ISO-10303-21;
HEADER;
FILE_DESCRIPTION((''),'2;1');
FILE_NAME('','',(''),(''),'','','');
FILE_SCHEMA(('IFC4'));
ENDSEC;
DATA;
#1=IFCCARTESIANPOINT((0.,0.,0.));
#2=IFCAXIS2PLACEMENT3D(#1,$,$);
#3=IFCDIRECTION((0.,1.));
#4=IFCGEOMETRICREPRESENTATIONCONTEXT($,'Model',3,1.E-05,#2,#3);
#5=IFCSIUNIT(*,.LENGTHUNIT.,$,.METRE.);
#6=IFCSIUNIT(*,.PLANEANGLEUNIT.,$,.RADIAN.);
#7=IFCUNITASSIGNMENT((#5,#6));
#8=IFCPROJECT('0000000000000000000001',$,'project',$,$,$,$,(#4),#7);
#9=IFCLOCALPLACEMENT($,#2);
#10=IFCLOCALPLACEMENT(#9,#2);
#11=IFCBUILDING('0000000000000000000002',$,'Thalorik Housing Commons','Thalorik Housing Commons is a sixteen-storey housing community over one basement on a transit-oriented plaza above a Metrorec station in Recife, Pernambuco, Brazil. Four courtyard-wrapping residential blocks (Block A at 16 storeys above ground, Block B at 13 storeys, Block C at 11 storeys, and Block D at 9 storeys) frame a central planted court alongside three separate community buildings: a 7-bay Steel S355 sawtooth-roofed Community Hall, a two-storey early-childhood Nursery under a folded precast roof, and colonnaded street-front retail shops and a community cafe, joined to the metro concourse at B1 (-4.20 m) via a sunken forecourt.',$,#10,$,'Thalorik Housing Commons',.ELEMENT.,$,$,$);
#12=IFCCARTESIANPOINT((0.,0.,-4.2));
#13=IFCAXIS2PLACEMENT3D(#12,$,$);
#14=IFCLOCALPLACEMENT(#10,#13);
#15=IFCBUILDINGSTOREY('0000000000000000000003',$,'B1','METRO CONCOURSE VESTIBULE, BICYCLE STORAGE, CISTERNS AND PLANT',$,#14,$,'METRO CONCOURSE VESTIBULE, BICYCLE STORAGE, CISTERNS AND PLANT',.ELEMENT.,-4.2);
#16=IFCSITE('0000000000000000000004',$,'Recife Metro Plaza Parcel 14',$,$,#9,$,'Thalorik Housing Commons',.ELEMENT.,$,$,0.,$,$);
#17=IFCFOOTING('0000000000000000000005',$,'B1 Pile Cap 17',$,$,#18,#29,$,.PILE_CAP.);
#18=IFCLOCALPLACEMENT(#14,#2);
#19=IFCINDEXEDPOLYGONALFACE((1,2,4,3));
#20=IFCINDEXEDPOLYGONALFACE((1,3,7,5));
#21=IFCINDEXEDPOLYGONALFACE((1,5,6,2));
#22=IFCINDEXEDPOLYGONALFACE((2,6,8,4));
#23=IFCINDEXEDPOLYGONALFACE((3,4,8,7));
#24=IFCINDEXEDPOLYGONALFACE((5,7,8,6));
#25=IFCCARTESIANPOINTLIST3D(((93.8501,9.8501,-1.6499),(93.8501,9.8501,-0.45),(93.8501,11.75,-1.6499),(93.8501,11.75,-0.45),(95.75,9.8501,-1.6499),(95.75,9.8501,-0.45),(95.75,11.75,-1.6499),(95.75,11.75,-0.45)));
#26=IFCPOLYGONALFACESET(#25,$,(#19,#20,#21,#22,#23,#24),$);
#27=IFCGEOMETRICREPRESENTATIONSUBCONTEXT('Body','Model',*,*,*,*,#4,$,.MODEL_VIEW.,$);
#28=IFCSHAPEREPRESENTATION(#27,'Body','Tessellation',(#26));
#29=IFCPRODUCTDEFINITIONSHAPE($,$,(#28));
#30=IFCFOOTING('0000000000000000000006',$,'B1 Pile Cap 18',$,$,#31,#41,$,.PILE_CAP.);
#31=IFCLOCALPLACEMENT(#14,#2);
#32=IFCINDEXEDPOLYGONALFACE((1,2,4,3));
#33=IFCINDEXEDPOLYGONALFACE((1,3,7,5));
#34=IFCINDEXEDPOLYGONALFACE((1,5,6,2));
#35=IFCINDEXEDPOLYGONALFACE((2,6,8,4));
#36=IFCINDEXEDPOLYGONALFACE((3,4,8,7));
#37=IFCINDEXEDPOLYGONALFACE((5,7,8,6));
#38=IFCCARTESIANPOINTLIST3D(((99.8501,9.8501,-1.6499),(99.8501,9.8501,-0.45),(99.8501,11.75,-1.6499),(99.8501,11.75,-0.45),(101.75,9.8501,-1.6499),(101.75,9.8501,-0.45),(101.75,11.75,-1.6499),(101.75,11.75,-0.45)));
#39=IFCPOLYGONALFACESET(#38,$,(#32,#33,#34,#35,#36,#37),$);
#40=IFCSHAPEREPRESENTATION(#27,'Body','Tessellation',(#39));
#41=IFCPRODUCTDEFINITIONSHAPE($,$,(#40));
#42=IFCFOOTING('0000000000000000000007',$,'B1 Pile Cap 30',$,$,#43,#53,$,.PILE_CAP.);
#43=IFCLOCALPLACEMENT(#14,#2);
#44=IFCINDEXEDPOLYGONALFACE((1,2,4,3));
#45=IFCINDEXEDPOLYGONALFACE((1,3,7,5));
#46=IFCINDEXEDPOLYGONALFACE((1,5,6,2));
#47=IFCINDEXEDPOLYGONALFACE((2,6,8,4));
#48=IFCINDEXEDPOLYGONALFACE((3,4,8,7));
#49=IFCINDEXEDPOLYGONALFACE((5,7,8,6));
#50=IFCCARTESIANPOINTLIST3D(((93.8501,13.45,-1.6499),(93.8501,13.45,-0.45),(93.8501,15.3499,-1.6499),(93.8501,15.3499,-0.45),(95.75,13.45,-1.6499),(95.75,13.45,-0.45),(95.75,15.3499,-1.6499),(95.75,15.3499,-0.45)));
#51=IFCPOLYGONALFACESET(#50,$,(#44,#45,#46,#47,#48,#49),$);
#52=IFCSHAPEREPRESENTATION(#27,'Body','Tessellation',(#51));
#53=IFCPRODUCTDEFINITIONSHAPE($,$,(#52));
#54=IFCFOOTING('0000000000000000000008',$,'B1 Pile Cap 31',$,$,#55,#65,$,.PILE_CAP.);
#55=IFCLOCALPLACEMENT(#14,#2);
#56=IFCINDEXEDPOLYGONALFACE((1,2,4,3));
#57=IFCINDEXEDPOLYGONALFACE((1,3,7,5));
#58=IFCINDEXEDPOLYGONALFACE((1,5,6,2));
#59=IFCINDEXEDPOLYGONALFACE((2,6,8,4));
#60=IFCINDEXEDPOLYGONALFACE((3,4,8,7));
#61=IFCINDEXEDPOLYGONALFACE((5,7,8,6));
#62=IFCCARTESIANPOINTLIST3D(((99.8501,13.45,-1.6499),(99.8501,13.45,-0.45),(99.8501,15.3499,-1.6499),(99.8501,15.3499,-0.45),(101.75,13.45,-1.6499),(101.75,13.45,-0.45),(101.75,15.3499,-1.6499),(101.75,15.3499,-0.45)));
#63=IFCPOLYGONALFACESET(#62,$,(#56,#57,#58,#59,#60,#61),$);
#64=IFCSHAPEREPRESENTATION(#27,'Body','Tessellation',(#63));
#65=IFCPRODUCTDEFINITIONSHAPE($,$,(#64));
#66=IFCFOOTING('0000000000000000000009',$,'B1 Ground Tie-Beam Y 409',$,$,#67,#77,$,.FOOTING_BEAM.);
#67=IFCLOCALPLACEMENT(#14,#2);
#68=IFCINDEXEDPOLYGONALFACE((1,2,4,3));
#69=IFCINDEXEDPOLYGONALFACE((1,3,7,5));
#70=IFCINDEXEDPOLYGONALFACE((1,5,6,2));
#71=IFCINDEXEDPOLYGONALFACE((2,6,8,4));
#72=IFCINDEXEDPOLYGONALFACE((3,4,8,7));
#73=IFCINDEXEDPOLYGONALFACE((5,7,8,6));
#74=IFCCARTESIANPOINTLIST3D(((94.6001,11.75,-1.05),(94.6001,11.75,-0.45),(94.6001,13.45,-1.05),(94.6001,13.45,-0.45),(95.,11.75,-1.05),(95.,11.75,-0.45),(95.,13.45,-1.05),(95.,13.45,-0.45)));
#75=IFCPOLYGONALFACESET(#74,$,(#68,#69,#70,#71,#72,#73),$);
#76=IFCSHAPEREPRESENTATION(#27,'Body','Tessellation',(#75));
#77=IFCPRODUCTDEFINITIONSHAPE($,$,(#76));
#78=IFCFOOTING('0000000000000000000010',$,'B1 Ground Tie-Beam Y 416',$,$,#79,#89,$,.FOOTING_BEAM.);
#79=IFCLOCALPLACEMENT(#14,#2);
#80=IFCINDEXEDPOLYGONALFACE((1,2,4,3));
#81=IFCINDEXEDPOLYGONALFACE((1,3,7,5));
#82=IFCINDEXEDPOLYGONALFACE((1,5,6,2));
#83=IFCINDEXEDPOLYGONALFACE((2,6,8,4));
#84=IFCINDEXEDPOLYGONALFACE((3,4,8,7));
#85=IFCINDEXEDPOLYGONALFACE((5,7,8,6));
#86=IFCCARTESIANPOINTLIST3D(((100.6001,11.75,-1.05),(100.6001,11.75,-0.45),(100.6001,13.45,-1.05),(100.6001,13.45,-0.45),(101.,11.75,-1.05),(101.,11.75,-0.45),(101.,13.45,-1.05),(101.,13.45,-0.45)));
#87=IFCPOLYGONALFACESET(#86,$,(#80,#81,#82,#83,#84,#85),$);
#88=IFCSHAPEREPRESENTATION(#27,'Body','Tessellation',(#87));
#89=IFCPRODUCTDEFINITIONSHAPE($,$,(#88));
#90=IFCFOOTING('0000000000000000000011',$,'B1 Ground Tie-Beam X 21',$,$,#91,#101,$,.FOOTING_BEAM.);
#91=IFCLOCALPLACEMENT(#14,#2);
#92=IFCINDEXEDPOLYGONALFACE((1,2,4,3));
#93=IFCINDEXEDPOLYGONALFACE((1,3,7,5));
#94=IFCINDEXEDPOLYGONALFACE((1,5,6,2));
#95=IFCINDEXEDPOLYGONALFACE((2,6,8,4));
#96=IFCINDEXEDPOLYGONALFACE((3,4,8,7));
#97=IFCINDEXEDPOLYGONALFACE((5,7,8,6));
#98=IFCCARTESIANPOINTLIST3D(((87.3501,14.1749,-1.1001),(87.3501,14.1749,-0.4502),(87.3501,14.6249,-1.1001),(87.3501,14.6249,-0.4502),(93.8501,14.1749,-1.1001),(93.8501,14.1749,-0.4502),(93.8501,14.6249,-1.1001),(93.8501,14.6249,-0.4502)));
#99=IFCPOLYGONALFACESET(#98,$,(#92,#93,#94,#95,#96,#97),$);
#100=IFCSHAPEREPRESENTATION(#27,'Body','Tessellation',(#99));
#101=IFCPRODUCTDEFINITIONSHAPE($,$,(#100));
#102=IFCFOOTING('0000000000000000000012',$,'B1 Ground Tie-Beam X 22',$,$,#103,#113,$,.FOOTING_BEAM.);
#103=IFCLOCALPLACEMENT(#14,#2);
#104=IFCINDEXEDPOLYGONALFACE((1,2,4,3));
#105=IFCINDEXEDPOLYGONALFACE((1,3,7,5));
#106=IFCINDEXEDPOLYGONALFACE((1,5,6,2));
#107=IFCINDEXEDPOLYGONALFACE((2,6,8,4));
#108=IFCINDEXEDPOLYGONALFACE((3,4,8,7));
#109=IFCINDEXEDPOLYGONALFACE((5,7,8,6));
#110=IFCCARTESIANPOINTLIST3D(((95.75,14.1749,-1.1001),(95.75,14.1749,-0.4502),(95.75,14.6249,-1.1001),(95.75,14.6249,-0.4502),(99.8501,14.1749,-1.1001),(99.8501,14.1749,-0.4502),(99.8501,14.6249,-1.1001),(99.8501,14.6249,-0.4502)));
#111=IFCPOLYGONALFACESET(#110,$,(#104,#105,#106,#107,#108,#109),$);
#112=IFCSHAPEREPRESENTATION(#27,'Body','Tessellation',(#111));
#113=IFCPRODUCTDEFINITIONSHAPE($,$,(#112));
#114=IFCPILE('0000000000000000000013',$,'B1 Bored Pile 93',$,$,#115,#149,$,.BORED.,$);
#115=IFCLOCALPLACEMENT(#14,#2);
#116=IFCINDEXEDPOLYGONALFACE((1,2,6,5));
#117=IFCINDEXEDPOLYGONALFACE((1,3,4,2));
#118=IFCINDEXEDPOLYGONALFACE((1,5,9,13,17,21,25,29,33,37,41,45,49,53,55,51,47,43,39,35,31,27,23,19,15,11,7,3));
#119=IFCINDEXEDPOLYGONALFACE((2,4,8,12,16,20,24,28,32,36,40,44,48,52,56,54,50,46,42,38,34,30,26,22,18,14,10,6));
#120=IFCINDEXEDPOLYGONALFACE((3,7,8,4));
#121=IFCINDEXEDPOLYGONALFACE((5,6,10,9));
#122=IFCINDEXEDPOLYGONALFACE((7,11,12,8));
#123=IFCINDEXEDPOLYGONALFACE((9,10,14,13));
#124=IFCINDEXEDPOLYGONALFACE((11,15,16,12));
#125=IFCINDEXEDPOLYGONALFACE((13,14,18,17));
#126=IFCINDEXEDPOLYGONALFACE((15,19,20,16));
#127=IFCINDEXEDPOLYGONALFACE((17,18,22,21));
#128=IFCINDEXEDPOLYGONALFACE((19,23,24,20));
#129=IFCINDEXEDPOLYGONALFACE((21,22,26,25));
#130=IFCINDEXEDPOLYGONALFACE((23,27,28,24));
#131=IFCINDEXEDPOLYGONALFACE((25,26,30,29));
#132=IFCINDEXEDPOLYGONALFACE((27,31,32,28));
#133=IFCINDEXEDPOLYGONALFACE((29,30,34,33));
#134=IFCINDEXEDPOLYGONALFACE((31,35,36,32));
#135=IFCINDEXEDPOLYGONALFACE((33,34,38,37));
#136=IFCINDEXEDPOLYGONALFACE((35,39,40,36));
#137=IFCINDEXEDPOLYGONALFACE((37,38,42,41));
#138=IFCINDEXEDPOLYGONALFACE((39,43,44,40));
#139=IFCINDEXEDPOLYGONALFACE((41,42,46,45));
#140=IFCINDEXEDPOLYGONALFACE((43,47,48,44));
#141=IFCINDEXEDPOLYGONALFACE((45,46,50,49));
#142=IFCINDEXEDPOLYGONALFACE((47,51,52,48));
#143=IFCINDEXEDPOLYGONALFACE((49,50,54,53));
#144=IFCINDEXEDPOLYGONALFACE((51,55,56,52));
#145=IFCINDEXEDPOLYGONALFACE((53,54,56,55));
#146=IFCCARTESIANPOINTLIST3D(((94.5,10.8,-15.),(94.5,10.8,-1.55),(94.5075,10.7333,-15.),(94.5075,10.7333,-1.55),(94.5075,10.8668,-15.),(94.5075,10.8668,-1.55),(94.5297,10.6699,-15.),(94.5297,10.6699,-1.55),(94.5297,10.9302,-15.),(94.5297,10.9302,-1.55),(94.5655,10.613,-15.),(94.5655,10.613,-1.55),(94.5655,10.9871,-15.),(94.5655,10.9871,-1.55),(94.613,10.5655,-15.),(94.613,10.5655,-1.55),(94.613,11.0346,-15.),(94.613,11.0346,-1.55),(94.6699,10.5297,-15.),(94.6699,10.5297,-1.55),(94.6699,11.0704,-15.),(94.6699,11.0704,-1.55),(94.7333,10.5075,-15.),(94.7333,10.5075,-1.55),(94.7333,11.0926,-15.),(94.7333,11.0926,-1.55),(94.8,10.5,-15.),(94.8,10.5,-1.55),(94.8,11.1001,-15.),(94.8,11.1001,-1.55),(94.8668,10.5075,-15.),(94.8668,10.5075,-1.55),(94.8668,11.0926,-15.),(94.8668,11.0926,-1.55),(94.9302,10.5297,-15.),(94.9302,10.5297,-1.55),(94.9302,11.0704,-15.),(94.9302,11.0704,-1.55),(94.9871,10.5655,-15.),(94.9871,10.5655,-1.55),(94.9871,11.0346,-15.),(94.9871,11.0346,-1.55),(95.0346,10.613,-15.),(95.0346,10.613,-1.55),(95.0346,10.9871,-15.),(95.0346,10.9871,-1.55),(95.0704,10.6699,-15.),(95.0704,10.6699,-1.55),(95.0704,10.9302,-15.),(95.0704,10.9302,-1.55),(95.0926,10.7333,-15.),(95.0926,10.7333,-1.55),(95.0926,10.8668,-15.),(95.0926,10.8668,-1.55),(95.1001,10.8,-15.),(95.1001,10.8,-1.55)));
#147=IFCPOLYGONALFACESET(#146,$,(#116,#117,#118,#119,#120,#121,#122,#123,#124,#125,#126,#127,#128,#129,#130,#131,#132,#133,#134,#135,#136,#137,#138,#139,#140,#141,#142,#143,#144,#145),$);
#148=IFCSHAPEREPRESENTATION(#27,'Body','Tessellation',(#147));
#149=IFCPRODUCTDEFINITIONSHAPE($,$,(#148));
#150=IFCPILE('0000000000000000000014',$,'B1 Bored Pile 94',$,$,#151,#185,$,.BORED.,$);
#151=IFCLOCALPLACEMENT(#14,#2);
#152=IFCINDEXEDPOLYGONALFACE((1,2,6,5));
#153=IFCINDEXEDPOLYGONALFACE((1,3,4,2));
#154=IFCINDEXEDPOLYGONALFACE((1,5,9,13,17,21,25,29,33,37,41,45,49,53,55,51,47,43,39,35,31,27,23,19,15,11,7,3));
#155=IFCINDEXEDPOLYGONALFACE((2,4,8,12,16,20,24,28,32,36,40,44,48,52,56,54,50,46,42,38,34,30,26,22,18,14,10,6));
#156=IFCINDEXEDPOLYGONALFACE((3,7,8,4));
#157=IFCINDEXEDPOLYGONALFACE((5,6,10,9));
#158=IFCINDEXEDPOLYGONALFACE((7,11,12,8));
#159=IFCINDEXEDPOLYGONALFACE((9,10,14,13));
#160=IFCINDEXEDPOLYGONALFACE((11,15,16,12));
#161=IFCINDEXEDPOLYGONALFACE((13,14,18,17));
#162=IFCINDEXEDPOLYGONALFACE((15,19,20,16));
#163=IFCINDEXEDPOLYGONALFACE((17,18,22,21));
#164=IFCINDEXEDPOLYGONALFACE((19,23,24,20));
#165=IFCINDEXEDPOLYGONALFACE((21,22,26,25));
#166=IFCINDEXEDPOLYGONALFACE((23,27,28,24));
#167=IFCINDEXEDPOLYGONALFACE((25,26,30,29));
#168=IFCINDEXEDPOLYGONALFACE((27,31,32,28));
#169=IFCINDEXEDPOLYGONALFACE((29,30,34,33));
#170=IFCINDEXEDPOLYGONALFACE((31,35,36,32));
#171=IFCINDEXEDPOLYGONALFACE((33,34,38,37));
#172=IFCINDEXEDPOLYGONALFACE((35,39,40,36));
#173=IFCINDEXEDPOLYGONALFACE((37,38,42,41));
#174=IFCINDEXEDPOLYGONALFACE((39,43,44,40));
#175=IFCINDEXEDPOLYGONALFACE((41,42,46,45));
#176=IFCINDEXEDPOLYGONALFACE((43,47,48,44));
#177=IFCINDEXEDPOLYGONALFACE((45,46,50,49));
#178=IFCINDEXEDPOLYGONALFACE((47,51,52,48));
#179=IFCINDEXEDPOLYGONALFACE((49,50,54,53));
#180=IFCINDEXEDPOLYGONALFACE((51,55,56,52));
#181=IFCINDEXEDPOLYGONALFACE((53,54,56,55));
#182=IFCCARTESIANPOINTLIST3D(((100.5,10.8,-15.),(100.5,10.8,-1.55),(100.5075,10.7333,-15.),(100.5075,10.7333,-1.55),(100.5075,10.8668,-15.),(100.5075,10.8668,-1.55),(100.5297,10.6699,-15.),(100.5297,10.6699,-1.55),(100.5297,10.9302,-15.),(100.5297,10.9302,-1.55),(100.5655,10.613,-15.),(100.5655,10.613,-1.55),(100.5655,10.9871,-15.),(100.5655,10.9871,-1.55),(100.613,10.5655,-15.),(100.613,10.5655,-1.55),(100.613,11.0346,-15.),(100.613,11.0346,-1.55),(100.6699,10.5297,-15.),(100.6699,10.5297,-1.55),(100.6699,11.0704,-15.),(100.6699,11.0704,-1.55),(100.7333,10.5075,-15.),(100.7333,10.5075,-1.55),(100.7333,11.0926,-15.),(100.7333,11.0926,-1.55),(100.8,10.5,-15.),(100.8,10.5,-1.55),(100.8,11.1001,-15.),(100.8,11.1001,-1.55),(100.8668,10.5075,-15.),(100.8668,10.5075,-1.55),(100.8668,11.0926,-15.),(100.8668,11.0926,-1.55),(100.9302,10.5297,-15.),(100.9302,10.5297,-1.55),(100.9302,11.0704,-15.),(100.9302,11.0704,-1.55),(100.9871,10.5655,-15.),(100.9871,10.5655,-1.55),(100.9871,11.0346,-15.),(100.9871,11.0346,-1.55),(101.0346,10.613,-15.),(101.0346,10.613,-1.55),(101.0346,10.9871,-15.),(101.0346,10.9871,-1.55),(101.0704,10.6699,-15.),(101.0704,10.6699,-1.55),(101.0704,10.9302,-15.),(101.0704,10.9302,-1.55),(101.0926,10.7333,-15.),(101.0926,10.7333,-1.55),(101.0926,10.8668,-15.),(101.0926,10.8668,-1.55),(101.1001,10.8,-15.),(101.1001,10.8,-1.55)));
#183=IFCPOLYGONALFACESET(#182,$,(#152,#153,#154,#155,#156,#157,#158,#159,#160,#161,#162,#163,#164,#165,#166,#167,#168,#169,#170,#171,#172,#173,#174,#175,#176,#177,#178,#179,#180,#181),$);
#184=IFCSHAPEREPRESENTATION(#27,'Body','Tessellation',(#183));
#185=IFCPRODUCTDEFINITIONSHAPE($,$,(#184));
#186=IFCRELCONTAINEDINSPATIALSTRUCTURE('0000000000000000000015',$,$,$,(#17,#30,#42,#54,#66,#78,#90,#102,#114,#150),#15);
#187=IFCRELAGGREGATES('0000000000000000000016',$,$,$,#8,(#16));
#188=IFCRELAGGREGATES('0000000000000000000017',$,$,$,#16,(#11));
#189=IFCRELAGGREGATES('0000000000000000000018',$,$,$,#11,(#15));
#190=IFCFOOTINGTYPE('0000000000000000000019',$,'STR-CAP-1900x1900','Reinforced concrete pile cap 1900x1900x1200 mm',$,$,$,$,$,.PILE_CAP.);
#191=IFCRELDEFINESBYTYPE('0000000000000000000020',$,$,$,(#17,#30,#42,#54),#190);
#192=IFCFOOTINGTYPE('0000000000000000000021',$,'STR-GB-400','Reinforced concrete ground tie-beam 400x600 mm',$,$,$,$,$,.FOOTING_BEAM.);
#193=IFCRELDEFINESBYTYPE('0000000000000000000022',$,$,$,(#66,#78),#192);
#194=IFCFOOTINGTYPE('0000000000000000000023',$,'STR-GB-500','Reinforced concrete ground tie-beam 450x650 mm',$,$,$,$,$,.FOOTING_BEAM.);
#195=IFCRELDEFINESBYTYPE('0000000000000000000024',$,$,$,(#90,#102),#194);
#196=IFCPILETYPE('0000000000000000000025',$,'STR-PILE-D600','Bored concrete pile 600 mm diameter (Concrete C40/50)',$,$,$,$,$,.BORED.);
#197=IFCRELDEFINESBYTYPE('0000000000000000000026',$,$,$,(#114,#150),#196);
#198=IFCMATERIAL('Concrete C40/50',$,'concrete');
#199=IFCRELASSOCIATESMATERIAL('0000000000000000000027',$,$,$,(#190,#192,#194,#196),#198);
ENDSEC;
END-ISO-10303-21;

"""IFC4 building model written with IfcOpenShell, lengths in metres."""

from ifc_helpers import new_model, si_unit, direction, frame, origin, origin_2d, place, context, subcontext, project, spatial, rectangle, circle, extrude, material, material_profile, profile_set, type_object, element, save


model = new_model("IFC4")

# Units and contexts
model_context = context("Model", 3, precision=1e-05, world=origin(), true_north=direction((0.0, 1.0)))
body_context = subcontext(model_context, "Body", "Model", "MODEL_VIEW")
ifc_project = project(units=[si_unit("LENGTHUNIT", "METRE"), si_unit("PLANEANGLEUNIT", "RADIAN")], contexts=[model_context])

# Site, building, storey
site_placement = place(None, origin())
site = spatial("IfcSite", under=ifc_project, at=site_placement, Name="Recife Metro Plaza Parcel 14", LongName="Thalorik Housing Commons", CompositionType="ELEMENT", RefElevation=0.0)
building_placement = place(site_placement, origin())
building = spatial("IfcBuilding", under=site, at=building_placement, Name="Thalorik Housing Commons", Description="Thalorik Housing Commons is a sixteen-storey housing community over one basement on a transit-oriented plaza above a Metrorec station in Recife, Pernambuco, Brazil. Four courtyard-wrapping residential blocks (Block A at 16 storeys above ground, Block B at 13 storeys, Block C at 11 storeys, and Block D at 9 storeys) frame a central planted court alongside three separate community buildings: a 7-bay Steel S355 sawtooth-roofed Community Hall, a two-storey early-childhood Nursery under a folded precast roof, and colonnaded street-front retail shops and a community cafe, joined to the metro concourse at B1 (-4.20 m) via a sunken forecourt.", LongName="Thalorik Housing Commons", CompositionType="ELEMENT")
storey_placement = place(building_placement, frame((0.0, 0.0, -4.2)))
storey = spatial("IfcBuildingStorey", under=building, at=storey_placement, Name="B1", Description="METRO CONCOURSE VESTIBULE, BICYCLE STORAGE, CISTERNS AND PLANT", LongName="METRO CONCOURSE VESTIBULE, BICYCLE STORAGE, CISTERNS AND PLANT", CompositionType="ELEMENT", Elevation=-4.2)

# Footings
ifc_material_1 = material(Name="Concrete C40/50", Category="concrete")
footing_type_1 = type_object("IfcFootingType", Name="STR-CAP-1900x1900", Description="Reinforced concrete pile cap 1900x1900x1200 mm", PredefinedType="PILE_CAP", material=ifc_material_1)
for number, where, z_axis, x_axis, name in (
    (1, (94.8, 10.8, -1.6499), (0.0, 0.0, 1.0), (1.0, 0.0, 0.0), "B1 Pile Cap 17"),
    (2, (100.8, 10.8, -1.6499), (0.0, 0.0, 1.0), (1.0, 0.0, 0.0), "B1 Pile Cap 18"),
    (3, (94.8, 14.3999, -1.6499), (0.0, 0.0, 1.0), (1.0, 0.0, 0.0), "B1 Pile Cap 30"),
    (4, (100.8, 14.3999, -1.6499), (0.0, 0.0, 1.0), (1.0, 0.0, 0.0), "B1 Pile Cap 31"),
):
    element("IfcFooting", number, at=place(storey_placement, frame(where, z_axis=z_axis, x_axis=x_axis)), inside=storey, type_object=footing_type_1, Name=name, PredefinedType="PILE_CAP", context=body_context, shape_type="SweptSolid", body=[
        extrude(rectangle(XDim=1.8999, YDim=1.8999, at=origin_2d()), origin(), (0.0, 0.0, 1.0), 1.2),
    ])
ifc_material_profile_1 = material_profile(ifc_material_1, rectangle(XDim=0.3999, YDim=0.6001, at=origin_2d()), Name="RC 400x600", Category="concrete")
ifc_profile_set_1 = profile_set([ifc_material_profile_1], Name="Concrete C40/50")
footing_type_2 = type_object("IfcFootingType", Name="STR-GB-400", Description="Reinforced concrete ground tie-beam 400x600 mm", PredefinedType="FOOTING_BEAM", material=ifc_profile_set_1)
for number, where, z_axis, x_axis, name in (
    (5, (94.8, 11.75, -0.75), (0.0, 1.0, 0.0), (-1.0, 0.0, 0.0), "B1 Ground Tie-Beam Y 409"),
    (6, (100.8, 11.75, -0.75), (0.0, 1.0, 0.0), (-1.0, 0.0, 0.0), "B1 Ground Tie-Beam Y 416"),
):
    element("IfcFooting", number, at=place(storey_placement, frame(where, z_axis=z_axis, x_axis=x_axis)), inside=storey, type_object=footing_type_2, Name=name, PredefinedType="FOOTING_BEAM", context=body_context, shape_type="SweptSolid", body=[
        extrude(rectangle(XDim=0.3999, YDim=0.6001, at=origin_2d()), origin(), (0.0, 0.0, 1.0), 1.7),
    ])
ifc_material_profile_2 = material_profile(ifc_material_1, rectangle(XDim=0.45, YDim=0.6499, at=origin_2d()), Name="RC 450x650", Category="concrete")
ifc_profile_set_2 = profile_set([ifc_material_profile_2], Name="Concrete C40/50")
footing_type_3 = type_object("IfcFootingType", Name="STR-GB-500", Description="Reinforced concrete ground tie-beam 450x650 mm", PredefinedType="FOOTING_BEAM", material=ifc_profile_set_2)
footing_1_placement = place(storey_placement, frame((87.3501, 14.3999, -0.7751), z_axis=(1.0, 0.0, 0.0), x_axis=(0.0, 1.0, 0.0)))
element("IfcFooting", 7, at=footing_1_placement, inside=storey, type_object=footing_type_3, Name="B1 Ground Tie-Beam X 21", PredefinedType="FOOTING_BEAM", context=body_context, shape_type="SweptSolid", body=[
    extrude(rectangle(XDim=0.45, YDim=0.6499, at=origin_2d()), origin(), (0.0, 0.0, 1.0), 6.5),
])
footing_2_placement = place(storey_placement, frame((95.75, 14.3999, -0.7751), z_axis=(1.0, 0.0, 0.0), x_axis=(0.0, 1.0, 0.0)))
element("IfcFooting", 8, at=footing_2_placement, inside=storey, type_object=footing_type_3, Name="B1 Ground Tie-Beam X 22", PredefinedType="FOOTING_BEAM", context=body_context, shape_type="SweptSolid", body=[
    extrude(rectangle(XDim=0.45, YDim=0.6499, at=origin_2d()), origin(), (0.0, 0.0, 1.0), 4.1001),
])

# Piles
ifc_material_profile_3 = material_profile(ifc_material_1, circle(Radius=0.3, at=origin_2d()), Name="BORED PILE D600", Category="concrete")
ifc_profile_set_3 = profile_set([ifc_material_profile_3], Name="Concrete C40/50")
pile_type = type_object("IfcPileType", Name="STR-PILE-D600", Description="Bored concrete pile 600 mm diameter (Concrete C40/50)", PredefinedType="BORED", material=ifc_profile_set_3)
for number, where, z_axis, x_axis, name in (
    (9, (94.8, 10.8, -1.55), (0.0, 0.0, -1.0), (1.0, 0.0, 0.0), "B1 Bored Pile 93"),
    (10, (100.8, 10.8, -1.55), (0.0, 0.0, -1.0), (1.0, 0.0, 0.0), "B1 Bored Pile 94"),
):
    element("IfcPile", number, at=place(storey_placement, frame(where, z_axis=z_axis, x_axis=x_axis)), inside=storey, type_object=pile_type, Name=name, PredefinedType="BORED", context=body_context, shape_type="SweptSolid", body=[
        extrude(circle(Radius=0.3, at=origin_2d()), origin(), (0.0, 0.0, 1.0), 13.45),
    ])

save(model, "model.ifc")
